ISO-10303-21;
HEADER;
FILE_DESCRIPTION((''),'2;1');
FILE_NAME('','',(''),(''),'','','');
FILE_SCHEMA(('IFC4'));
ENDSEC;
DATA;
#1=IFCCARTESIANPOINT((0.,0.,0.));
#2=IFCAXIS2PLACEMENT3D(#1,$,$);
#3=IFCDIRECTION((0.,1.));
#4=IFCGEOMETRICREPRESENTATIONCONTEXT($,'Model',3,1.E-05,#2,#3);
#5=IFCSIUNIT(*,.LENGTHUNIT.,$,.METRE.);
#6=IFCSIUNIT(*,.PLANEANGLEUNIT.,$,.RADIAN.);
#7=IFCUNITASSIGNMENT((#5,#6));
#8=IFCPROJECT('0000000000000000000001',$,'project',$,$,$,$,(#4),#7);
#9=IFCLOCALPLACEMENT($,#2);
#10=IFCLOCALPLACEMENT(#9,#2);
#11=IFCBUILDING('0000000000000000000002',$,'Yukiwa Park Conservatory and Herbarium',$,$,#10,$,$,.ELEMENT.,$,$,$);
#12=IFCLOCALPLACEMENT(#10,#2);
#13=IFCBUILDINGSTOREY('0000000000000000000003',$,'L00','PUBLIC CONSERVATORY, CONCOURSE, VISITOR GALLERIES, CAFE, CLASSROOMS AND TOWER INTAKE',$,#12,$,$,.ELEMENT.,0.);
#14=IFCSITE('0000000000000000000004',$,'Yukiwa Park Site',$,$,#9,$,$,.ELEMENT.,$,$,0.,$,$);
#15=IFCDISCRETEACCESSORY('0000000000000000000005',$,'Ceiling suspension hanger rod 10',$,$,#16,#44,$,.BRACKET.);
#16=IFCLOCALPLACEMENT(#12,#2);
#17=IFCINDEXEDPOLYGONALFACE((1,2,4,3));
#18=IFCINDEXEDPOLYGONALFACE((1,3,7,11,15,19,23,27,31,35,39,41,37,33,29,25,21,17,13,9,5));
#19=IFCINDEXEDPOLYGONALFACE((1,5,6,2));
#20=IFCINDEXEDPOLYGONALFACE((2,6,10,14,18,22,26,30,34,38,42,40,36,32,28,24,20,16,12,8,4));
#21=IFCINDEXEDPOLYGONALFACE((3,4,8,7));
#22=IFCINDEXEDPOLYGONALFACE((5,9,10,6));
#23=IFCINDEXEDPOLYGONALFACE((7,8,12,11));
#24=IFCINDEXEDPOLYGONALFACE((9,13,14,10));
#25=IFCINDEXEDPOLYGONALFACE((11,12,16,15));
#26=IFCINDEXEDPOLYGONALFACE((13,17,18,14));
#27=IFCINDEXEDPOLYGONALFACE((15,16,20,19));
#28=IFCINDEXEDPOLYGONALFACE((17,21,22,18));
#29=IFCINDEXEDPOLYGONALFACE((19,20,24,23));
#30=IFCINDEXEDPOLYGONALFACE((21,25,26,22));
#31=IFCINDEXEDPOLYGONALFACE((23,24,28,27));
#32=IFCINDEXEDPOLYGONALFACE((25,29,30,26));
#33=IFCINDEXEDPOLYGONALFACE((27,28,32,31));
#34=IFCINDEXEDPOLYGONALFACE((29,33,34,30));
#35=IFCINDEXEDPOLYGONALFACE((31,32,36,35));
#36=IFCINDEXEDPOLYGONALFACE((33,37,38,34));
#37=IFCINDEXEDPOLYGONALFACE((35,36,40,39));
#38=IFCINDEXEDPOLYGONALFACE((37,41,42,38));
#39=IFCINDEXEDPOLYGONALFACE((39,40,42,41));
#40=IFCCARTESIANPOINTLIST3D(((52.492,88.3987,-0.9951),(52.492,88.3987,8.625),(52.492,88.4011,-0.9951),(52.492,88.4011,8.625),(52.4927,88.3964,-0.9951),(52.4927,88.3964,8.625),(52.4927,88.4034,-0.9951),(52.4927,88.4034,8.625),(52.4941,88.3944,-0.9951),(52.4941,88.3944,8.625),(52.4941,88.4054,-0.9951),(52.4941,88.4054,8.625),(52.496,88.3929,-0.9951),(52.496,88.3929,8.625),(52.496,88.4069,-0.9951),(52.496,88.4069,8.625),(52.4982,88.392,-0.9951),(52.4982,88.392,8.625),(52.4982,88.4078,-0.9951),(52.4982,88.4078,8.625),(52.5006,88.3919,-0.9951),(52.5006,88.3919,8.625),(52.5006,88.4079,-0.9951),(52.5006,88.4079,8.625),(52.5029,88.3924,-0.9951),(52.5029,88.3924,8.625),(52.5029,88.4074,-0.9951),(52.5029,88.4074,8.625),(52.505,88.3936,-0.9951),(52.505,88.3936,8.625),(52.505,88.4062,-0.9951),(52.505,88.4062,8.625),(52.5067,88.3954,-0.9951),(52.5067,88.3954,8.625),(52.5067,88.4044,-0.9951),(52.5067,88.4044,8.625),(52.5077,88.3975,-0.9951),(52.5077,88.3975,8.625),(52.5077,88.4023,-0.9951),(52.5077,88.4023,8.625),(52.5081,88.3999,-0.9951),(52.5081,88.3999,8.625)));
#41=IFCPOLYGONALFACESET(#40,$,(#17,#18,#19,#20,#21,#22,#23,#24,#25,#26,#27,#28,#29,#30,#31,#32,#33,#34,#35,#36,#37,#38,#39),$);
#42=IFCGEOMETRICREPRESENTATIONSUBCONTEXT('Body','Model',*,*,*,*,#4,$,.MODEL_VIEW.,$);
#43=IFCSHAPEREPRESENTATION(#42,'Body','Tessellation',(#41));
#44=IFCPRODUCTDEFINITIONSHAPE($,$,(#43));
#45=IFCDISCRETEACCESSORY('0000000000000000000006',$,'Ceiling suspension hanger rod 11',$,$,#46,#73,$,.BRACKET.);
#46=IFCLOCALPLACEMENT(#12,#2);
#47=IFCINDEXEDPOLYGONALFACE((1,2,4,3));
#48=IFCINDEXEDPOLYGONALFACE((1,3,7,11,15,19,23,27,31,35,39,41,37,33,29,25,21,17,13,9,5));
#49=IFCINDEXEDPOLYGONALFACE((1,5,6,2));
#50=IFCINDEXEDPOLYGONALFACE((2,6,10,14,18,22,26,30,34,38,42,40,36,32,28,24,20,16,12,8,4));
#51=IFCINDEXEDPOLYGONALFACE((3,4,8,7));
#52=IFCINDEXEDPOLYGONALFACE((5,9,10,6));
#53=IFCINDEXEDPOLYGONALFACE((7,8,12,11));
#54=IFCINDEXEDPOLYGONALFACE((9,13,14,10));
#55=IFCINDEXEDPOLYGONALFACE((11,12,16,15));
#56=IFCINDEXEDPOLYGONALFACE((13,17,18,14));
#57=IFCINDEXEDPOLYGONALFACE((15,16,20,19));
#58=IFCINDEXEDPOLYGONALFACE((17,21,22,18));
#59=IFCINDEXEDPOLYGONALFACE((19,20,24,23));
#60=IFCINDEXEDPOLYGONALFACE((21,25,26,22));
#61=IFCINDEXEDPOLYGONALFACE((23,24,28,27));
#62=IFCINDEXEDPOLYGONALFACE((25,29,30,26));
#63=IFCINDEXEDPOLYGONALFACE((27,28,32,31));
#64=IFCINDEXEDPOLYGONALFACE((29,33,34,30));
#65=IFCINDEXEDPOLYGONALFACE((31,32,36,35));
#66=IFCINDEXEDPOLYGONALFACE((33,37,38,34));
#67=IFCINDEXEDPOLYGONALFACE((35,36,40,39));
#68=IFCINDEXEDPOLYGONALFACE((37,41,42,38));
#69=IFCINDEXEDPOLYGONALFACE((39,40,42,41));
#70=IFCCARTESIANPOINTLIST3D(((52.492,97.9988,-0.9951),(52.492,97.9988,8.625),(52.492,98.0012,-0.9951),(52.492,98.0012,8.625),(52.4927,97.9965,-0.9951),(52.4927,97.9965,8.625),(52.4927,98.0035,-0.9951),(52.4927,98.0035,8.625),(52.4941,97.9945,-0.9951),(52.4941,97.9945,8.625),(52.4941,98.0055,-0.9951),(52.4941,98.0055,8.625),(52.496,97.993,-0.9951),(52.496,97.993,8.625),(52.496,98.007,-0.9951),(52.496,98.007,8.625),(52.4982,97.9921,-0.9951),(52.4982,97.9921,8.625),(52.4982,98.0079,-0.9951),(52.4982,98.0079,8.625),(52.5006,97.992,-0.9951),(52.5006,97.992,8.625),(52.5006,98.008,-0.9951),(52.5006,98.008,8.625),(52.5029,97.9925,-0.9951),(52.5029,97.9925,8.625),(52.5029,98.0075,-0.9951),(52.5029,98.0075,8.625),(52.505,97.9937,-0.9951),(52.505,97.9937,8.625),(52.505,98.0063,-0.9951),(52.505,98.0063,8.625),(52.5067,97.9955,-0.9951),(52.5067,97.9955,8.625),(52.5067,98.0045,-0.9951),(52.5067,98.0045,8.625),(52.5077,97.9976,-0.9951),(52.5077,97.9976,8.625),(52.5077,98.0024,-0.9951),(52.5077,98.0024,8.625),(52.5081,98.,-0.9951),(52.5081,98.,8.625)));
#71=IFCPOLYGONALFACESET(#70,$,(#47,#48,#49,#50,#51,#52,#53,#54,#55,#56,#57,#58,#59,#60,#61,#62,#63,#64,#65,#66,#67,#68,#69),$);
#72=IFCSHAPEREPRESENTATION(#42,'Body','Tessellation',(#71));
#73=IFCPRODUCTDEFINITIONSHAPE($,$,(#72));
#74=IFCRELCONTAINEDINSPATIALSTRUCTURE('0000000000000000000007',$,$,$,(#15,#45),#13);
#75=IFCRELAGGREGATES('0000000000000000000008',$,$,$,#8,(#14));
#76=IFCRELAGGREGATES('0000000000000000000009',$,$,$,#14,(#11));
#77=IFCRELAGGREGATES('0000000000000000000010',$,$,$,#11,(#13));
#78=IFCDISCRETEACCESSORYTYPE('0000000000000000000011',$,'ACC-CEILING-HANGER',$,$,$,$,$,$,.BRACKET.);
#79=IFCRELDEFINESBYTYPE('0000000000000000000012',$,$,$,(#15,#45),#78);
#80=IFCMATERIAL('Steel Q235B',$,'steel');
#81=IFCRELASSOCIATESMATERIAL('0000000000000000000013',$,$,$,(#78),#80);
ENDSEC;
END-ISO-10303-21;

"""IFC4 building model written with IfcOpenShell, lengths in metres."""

from ifc_helpers import new_model, si_unit, direction, frame, origin, origin_2d, place, context, subcontext, project, spatial, circle, extrude, material, type_object, element, save


model = new_model("IFC4")

# Units and contexts
model_context = context("Model", 3, precision=1e-05, world=origin(), true_north=direction((0.0, 1.0)))
body_context = subcontext(model_context, "Body", "Model", "MODEL_VIEW")
ifc_project = project(units=[si_unit("LENGTHUNIT", "METRE"), si_unit("PLANEANGLEUNIT", "RADIAN")], contexts=[model_context])

# Site, building, storey
site_placement = place(None, origin())
site = spatial("IfcSite", under=ifc_project, at=site_placement, Name="Yukiwa Park Site", CompositionType="ELEMENT", RefElevation=0.0)
building_placement = place(site_placement, origin())
building = spatial("IfcBuilding", under=site, at=building_placement, Name="Yukiwa Park Conservatory and Herbarium", CompositionType="ELEMENT")
storey_placement = place(building_placement, origin())
storey = spatial("IfcBuildingStorey", under=building, at=storey_placement, Name="L00", Description="PUBLIC CONSERVATORY, CONCOURSE, VISITOR GALLERIES, CAFE, CLASSROOMS AND TOWER INTAKE", CompositionType="ELEMENT", Elevation=0.0)

# Discrete accessories
ifc_material_1 = material(Name="Steel Q235B", Category="steel")
discrete_accessory_type = type_object("IfcDiscreteAccessoryType", Name="ACC-CEILING-HANGER", PredefinedType="BRACKET", material=ifc_material_1)
for number, where, z_axis, x_axis, name in (
    (1, (52.5, 88.3999, 8.625), (0.0, 0.0, -1.0), (1.0, 0.0, 0.0), "Ceiling suspension hanger rod 10"),
    (2, (52.5, 98.0, 8.625), (0.0, 0.0, -1.0), (1.0, 0.0, 0.0), "Ceiling suspension hanger rod 11"),
):
    element("IfcDiscreteAccessory", number, at=place(storey_placement, frame(where, z_axis=z_axis, x_axis=x_axis)), inside=storey, type_object=discrete_accessory_type, Name=name, PredefinedType="BRACKET", context=body_context, shape_type="SweptSolid", body=[
        extrude(circle(Radius=0.0081, at=origin_2d()), origin(), (0.0, 0.0, 1.0), 9.6201),
    ])

save(model, "model.ifc")
